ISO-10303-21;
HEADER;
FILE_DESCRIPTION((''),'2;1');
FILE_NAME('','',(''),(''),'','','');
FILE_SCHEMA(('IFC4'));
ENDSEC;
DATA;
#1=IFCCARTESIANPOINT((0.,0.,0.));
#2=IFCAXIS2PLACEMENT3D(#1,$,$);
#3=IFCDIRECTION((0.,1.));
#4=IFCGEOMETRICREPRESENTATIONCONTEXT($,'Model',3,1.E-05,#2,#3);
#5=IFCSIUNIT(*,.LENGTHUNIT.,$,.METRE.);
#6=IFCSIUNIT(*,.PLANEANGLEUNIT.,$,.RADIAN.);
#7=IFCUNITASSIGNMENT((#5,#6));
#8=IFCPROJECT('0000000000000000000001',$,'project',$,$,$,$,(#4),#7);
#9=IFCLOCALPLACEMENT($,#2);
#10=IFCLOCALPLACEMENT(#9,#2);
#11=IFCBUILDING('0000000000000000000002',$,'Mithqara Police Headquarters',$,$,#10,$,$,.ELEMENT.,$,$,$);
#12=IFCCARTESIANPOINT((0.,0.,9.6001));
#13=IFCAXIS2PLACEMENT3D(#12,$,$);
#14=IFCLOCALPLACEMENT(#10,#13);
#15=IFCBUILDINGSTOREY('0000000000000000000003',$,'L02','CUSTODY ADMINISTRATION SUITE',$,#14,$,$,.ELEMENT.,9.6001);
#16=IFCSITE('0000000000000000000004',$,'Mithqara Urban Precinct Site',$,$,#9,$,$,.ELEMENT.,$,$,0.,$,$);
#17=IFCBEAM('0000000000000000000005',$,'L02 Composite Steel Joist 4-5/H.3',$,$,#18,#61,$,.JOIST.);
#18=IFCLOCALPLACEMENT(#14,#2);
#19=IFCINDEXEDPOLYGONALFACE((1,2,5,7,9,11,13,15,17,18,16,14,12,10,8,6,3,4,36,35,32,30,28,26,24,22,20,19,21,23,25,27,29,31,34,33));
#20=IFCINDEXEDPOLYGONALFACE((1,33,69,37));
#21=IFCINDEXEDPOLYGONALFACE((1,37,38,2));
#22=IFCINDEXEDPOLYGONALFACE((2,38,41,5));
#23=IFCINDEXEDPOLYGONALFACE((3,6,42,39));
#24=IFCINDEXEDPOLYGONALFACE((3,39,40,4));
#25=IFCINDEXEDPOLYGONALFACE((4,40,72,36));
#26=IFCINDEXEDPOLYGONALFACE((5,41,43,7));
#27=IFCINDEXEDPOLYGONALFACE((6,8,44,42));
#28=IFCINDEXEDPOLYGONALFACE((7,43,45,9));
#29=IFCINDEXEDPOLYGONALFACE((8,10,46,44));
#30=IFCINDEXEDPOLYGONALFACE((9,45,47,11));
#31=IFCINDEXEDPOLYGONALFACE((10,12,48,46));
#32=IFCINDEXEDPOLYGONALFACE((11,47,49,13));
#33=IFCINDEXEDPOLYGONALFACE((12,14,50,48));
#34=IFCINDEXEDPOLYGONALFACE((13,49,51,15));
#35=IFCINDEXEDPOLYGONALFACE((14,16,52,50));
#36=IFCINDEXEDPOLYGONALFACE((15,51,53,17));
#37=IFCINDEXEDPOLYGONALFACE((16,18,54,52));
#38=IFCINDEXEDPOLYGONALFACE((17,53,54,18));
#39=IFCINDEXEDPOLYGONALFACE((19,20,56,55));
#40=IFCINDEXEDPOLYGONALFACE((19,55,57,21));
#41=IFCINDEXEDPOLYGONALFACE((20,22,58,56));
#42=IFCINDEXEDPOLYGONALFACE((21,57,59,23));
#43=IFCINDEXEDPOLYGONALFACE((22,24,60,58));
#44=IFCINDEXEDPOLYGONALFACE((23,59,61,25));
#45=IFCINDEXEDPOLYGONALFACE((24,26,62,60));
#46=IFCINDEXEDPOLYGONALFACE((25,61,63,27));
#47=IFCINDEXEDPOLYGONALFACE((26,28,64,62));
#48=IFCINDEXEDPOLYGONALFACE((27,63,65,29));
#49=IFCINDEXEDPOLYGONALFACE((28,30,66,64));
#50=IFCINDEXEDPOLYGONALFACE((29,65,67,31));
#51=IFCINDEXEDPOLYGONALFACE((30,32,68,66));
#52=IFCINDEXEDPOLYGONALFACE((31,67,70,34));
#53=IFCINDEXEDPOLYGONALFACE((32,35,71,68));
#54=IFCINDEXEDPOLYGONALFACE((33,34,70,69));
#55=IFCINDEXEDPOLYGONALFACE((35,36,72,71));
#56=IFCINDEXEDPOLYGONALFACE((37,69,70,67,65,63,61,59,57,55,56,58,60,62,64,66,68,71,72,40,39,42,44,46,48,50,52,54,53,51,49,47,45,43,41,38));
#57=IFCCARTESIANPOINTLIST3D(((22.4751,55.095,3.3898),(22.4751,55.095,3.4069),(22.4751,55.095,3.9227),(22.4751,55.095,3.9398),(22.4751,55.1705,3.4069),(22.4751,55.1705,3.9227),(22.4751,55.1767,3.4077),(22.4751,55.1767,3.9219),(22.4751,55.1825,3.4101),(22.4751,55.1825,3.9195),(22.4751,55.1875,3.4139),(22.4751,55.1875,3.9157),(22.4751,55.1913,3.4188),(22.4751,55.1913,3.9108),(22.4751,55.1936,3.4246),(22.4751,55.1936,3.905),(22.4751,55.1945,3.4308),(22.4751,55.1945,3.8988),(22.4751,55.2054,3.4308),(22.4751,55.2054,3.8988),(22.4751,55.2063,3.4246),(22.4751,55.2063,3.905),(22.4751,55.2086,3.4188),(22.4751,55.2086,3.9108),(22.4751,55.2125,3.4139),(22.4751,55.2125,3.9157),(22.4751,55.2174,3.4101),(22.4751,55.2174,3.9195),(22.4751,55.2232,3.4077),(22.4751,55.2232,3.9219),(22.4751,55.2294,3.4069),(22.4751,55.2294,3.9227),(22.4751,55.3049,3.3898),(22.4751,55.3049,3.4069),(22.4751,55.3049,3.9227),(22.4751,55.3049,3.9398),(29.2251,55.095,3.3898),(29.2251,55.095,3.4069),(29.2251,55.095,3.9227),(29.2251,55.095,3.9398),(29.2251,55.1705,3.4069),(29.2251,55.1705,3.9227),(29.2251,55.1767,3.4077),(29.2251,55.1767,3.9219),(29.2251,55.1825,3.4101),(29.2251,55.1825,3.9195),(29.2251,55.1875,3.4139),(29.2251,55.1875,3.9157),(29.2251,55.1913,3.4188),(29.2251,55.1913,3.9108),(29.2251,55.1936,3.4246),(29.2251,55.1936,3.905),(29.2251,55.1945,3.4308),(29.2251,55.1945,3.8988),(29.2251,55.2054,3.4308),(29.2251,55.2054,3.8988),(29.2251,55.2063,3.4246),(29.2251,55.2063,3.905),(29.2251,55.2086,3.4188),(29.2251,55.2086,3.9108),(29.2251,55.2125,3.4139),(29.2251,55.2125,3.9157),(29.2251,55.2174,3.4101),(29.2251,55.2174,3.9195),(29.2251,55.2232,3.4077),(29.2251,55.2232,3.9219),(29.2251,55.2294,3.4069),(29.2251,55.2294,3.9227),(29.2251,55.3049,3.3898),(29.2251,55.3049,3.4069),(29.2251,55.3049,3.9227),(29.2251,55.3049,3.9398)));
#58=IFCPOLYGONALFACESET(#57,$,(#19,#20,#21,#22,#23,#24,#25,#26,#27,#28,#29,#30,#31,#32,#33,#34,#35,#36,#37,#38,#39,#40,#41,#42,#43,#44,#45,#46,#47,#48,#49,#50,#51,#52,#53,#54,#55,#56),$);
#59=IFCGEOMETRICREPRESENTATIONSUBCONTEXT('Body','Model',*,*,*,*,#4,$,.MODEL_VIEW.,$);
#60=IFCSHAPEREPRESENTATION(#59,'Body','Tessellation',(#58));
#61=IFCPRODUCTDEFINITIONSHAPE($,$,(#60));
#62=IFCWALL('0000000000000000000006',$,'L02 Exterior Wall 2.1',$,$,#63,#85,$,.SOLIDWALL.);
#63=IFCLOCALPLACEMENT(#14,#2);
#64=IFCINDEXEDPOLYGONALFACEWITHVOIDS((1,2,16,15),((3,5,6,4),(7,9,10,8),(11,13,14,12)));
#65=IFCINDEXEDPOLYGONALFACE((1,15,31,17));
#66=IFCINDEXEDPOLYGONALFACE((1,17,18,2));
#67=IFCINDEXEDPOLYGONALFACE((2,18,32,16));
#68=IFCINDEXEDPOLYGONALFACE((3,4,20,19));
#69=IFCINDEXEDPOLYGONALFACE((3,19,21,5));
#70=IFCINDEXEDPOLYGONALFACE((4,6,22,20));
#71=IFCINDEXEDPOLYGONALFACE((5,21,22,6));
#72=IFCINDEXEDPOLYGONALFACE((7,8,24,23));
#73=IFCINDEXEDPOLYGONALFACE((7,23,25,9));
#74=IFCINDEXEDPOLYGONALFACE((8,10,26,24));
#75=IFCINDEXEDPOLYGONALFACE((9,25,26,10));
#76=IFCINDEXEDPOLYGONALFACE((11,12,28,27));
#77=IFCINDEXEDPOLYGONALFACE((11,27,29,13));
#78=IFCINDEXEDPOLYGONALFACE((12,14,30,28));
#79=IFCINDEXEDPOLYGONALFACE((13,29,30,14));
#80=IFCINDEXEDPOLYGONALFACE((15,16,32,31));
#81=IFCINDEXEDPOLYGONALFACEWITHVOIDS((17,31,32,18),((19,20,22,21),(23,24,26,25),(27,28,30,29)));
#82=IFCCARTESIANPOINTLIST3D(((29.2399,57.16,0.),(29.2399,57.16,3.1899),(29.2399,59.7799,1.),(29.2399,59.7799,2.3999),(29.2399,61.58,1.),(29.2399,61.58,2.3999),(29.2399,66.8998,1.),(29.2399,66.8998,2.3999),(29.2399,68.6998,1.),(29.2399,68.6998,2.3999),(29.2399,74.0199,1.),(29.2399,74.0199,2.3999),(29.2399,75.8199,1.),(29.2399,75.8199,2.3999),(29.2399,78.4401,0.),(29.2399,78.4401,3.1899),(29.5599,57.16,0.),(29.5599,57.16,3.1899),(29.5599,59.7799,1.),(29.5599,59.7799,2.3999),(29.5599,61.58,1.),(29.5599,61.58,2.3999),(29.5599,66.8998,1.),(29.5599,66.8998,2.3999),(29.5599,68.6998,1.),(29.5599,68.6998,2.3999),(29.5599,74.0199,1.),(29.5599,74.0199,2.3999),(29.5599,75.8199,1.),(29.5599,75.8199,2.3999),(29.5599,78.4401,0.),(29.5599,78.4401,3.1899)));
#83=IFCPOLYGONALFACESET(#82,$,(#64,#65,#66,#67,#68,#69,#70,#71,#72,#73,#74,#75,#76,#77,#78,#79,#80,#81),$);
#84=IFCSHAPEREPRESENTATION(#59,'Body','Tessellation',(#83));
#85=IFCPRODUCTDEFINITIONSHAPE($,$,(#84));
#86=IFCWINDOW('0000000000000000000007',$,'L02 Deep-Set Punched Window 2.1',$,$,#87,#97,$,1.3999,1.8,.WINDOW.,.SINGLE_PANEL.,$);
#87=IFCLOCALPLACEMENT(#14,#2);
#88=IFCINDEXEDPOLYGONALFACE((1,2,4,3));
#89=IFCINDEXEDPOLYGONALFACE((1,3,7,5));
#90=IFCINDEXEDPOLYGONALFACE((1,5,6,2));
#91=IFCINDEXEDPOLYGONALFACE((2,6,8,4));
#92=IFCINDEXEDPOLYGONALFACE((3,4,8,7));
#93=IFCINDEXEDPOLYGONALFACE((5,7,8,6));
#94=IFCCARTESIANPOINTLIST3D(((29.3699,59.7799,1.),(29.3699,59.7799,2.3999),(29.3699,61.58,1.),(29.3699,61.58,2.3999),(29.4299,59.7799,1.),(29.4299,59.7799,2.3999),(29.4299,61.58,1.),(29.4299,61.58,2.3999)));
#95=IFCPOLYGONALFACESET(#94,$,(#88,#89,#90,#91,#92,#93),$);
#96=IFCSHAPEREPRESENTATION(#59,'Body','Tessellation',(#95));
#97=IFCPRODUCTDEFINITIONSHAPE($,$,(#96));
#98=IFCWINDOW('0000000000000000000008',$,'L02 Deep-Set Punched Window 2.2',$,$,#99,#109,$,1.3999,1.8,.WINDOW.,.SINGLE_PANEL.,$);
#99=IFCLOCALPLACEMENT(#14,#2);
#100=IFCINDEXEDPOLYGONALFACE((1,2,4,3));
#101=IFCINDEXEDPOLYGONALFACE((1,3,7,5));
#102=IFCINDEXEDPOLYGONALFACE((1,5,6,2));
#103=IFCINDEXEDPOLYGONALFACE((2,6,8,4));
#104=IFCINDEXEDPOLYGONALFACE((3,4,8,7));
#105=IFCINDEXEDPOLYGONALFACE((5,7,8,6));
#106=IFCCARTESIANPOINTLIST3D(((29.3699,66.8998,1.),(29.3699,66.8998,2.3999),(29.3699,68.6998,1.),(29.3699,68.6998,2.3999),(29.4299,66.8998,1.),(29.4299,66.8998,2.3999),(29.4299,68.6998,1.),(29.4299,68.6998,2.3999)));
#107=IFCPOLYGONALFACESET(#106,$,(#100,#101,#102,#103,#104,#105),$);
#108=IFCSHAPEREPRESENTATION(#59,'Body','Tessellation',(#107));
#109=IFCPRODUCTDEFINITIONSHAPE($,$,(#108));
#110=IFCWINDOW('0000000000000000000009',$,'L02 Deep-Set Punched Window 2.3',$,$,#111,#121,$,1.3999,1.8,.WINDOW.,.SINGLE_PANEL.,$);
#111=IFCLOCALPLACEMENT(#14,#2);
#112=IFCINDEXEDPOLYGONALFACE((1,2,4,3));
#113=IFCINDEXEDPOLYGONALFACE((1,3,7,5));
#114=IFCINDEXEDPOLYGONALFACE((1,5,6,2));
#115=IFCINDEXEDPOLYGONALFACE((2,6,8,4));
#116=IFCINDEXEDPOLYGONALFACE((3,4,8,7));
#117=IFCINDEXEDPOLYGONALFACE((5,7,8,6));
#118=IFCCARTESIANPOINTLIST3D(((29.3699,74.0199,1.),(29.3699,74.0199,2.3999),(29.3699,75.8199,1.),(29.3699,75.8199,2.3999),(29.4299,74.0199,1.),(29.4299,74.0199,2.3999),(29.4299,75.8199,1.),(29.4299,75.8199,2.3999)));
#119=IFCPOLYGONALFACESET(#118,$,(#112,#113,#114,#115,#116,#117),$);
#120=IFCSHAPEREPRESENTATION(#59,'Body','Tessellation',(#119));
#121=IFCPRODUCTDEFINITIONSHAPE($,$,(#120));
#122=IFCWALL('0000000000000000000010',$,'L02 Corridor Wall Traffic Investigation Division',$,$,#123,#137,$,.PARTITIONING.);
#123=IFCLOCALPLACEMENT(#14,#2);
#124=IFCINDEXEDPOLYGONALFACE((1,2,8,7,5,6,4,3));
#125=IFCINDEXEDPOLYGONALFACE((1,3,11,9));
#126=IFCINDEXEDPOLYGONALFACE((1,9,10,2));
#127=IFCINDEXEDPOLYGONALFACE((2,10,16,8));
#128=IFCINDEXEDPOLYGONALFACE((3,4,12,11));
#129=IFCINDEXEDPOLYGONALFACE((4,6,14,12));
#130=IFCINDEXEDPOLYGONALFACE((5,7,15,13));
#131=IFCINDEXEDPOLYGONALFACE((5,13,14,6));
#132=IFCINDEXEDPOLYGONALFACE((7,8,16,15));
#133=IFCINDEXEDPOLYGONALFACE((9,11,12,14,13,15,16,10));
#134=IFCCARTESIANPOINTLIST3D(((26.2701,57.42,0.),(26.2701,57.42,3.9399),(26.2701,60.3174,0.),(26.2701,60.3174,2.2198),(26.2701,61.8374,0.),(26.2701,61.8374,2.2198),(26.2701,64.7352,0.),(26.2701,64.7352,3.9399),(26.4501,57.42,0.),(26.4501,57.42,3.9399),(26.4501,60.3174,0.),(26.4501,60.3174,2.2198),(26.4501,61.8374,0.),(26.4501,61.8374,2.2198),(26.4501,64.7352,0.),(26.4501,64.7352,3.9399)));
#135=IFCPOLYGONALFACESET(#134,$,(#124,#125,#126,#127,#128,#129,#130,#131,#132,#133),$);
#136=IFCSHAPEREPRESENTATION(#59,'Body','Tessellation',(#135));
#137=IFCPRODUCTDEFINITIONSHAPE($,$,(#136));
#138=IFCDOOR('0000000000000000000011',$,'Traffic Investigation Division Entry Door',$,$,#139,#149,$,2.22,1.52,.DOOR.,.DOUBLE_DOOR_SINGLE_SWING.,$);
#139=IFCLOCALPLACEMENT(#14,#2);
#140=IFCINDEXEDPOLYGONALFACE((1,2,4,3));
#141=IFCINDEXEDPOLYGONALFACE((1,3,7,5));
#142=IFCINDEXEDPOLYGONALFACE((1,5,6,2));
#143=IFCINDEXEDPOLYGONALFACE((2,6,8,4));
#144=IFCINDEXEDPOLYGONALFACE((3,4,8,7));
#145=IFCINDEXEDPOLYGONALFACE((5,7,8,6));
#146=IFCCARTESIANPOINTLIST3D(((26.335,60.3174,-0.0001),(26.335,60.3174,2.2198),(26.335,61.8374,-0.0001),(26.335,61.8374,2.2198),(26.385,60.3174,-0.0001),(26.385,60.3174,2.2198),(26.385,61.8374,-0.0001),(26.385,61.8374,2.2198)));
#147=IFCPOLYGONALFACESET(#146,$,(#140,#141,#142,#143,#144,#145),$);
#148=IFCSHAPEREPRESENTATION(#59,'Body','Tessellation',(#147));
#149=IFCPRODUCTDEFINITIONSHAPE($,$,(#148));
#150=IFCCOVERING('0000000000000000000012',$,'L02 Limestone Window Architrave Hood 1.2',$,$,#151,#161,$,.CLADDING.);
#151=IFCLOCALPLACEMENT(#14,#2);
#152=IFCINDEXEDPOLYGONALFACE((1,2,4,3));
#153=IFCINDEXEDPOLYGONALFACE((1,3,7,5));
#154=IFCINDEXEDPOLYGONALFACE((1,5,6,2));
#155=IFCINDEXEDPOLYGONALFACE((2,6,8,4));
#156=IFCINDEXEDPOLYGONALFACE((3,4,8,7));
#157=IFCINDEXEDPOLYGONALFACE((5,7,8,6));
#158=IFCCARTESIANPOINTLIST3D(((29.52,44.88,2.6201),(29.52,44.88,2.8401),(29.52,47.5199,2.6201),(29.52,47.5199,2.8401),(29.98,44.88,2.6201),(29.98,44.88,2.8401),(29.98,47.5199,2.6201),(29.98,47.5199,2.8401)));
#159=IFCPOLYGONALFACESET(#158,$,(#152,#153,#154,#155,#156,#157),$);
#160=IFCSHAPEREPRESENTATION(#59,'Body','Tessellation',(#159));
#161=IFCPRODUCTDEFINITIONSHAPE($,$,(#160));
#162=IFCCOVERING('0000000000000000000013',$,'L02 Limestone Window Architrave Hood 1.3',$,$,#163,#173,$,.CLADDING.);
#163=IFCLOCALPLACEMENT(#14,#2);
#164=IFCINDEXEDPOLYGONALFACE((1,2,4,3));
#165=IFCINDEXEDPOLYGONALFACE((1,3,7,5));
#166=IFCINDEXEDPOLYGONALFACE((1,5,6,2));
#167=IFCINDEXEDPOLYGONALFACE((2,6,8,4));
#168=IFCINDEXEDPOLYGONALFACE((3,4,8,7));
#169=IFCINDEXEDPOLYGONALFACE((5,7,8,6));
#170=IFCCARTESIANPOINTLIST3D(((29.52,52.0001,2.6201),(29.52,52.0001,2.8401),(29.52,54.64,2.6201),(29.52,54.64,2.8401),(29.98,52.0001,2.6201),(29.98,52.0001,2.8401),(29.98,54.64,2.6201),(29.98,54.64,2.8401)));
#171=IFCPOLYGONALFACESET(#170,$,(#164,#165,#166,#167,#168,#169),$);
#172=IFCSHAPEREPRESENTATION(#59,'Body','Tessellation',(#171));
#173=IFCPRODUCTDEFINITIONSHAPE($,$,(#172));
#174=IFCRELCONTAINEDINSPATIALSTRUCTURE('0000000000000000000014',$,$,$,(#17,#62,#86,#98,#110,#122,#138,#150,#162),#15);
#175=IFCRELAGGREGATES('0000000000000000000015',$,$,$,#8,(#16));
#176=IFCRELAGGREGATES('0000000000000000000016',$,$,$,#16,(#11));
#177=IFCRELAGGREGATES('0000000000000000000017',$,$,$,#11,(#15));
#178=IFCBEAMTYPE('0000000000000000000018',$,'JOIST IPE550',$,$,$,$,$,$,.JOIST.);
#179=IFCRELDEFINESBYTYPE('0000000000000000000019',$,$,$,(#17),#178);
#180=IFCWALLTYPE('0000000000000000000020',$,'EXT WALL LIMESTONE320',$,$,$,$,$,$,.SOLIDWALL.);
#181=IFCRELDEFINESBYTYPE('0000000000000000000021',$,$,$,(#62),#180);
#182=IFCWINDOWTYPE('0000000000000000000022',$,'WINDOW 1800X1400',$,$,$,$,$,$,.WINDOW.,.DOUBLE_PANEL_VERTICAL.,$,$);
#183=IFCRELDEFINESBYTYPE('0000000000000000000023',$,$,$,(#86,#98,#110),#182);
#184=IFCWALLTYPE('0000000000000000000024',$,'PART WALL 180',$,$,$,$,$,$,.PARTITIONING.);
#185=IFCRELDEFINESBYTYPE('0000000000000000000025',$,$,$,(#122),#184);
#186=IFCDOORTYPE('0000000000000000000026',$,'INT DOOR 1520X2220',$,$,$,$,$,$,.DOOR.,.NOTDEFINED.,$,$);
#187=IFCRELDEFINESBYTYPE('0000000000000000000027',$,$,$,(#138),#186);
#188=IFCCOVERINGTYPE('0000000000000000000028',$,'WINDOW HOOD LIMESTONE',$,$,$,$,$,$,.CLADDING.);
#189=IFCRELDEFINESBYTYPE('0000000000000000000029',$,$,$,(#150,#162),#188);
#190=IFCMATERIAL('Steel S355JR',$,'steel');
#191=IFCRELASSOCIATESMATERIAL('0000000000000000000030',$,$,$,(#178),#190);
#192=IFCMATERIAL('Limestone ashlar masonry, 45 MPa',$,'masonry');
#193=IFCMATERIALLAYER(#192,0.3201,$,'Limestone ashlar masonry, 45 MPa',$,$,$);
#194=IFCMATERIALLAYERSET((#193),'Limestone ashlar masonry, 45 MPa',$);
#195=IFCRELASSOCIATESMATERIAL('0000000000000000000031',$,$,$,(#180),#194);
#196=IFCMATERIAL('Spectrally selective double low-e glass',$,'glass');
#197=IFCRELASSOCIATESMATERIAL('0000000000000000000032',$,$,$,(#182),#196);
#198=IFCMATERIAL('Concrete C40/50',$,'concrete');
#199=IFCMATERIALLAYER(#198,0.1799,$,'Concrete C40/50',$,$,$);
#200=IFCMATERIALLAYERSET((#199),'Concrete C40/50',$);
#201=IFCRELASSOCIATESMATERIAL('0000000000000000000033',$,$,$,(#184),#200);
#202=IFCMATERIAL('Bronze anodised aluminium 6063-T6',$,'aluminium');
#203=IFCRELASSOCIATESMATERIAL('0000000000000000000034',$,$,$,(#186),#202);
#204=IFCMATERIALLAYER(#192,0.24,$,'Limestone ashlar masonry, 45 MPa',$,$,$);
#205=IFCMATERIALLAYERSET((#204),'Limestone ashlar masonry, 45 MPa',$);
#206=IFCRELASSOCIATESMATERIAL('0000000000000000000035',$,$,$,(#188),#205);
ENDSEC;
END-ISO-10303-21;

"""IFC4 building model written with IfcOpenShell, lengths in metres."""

from ifc_helpers import new_model, si_unit, direction, frame, frame_2d, origin, origin_2d, place, context, subcontext, project, spatial, rectangle, i_section, extrude, material, layer, layer_set, material_profile, profile_set, type_object, element, fill, save


model = new_model("IFC4")

# Units and contexts
model_context = context("Model", 3, precision=1e-05, world=origin(), true_north=direction((0.0, 1.0)))
body_context = subcontext(model_context, "Body", "Model", "MODEL_VIEW")
ifc_project = project(units=[si_unit("LENGTHUNIT", "METRE"), si_unit("PLANEANGLEUNIT", "RADIAN")], contexts=[model_context])

# Site, building, storey
site_placement = place(None, origin())
site = spatial("IfcSite", under=ifc_project, at=site_placement, Name="Mithqara Urban Precinct Site", CompositionType="ELEMENT", RefElevation=0.0)
building_placement = place(site_placement, origin())
building = spatial("IfcBuilding", under=site, at=building_placement, Name="Mithqara Police Headquarters", CompositionType="ELEMENT")
storey_placement = place(building_placement, frame((0.0, 0.0, 9.6001)))
storey = spatial("IfcBuildingStorey", under=building, at=storey_placement, Name="L02", Description="CUSTODY ADMINISTRATION SUITE", CompositionType="ELEMENT", Elevation=9.6001)

# Beam
ifc_material_1 = material(Name="Steel S355JR", Category="steel")
ifc_material_2 = material(Name="Concrete C40/50", Category="concrete")
ifc_material_profile_1 = material_profile(ifc_material_1, i_section(OverallWidth=0.21, OverallDepth=0.55, WebThickness=0.011, FlangeThickness=0.0171, FilletRadius=0.0239, at=origin_2d()), Name="IPE 550")
ifc_profile_set_1 = profile_set([ifc_material_profile_1], Name="Steel S355JR")
beam_type_1 = type_object("IfcBeamType", Name="JOIST IPE550", PredefinedType="JOIST", material=ifc_profile_set_1)
beam_1_placement = place(storey_placement, frame((22.4751, 55.2, 3.6648), z_axis=(1.0, 0.0, 0.0), x_axis=(0.0, 1.0, 0.0)))
element("IfcBeam", 1, at=beam_1_placement, inside=storey, type_object=beam_type_1, Name="L02 Composite Steel Joist 4-5/H.3", PredefinedType="JOIST", context=body_context, shape_type="SweptSolid", body=[
    extrude(i_section(OverallWidth=0.21, OverallDepth=0.55, WebThickness=0.011, FlangeThickness=0.0171, FilletRadius=0.0239, at=origin_2d()), origin(), (0.0, 0.0, 1.0), 6.75),
])

# Wall, openings, windows
ifc_material_3 = material(Name="Limestone ashlar masonry, 45 MPa", Category="masonry")
ifc_layer_1 = layer(ifc_material_3, 0.3201, Name="Limestone ashlar masonry, 45 MPa")
ifc_layer_set_1 = layer_set([ifc_layer_1], Name="Limestone ashlar masonry, 45 MPa")
wall_type_1 = type_object("IfcWallType", Name="EXT WALL LIMESTONE320", PredefinedType="SOLIDWALL", material=ifc_layer_set_1)
wall_1_placement = place(storey_placement, frame((29.3999, 57.1599, 0.0), z_axis=(0.0, 0.0, 1.0), x_axis=(0.0, 1.0, 0.0)))
wall_1 = element("IfcWall", 2, at=wall_1_placement, inside=storey, type_object=wall_type_1, Name="L02 Exterior Wall 2.1", PredefinedType="SOLIDWALL", context=body_context, shape_type="SweptSolid", body=[
    extrude(rectangle(XDim=21.28, YDim=0.3201, at=frame_2d((10.6401, 0.0))), origin(), (0.0, 0.0, 1.0), 3.1899),
])
opening_1_placement = place(wall_1_placement, frame((2.6201, 0.0, 1.0)))
opening_1 = element("IfcOpeningElement", 3, at=opening_1_placement, cuts=wall_1, PredefinedType="OPENING", context=body_context, shape_type="SweptSolid", body=[
    extrude(rectangle(XDim=1.8, YDim=1.3999, at=frame_2d((0.8999, 0.7))), frame((0.0, 0.1699, 0.0), z_axis=(0.0, -1.0, 0.0), x_axis=(1.0, 0.0, 0.0)), (0.0, 0.0, 1.0), 0.3401),
])
opening_2_placement = place(wall_1_placement, frame((9.74, 0.0, 1.0)))
opening_2 = element("IfcOpeningElement", 4, at=opening_2_placement, cuts=wall_1, PredefinedType="OPENING", context=body_context, shape_type="SweptSolid", body=[
    extrude(rectangle(XDim=1.8, YDim=1.3999, at=frame_2d((0.8999, 0.7))), frame((0.0, 0.1699, 0.0), z_axis=(0.0, -1.0, 0.0), x_axis=(1.0, 0.0, 0.0)), (0.0, 0.0, 1.0), 0.3401),
])
opening_3_placement = place(wall_1_placement, frame((16.8601, 0.0, 1.0)))
opening_3 = element("IfcOpeningElement", 5, at=opening_3_placement, cuts=wall_1, PredefinedType="OPENING", context=body_context, shape_type="SweptSolid", body=[
    extrude(rectangle(XDim=1.8, YDim=1.3999, at=frame_2d((0.8999, 0.7))), frame((0.0, 0.1699, 0.0), z_axis=(0.0, -1.0, 0.0), x_axis=(1.0, 0.0, 0.0)), (0.0, 0.0, 1.0), 0.3401),
])
ifc_material_4 = material(Name="Spectrally selective double low-e glass", Category="glass")
window_type = type_object("IfcWindowType", Name="WINDOW 1800X1400", PartitioningType="DOUBLE_PANEL_VERTICAL", PredefinedType="WINDOW", material=ifc_material_4)
window_1_placement = place(opening_1_placement, origin())
window_1 = element("IfcWindow", 6, at=window_1_placement, inside=storey, type_object=window_type, Name="L02 Deep-Set Punched Window 2.1", OverallHeight=1.3999, OverallWidth=1.8, PartitioningType="SINGLE_PANEL", PredefinedType="WINDOW", context=body_context, shape_type="SweptSolid", body=[
    extrude(rectangle(XDim=1.8, YDim=1.3999, at=frame_2d((0.8999, 0.7))), frame((0.0, 0.03, 0.0), z_axis=(0.0, -1.0, 0.0), x_axis=(1.0, 0.0, 0.0)), (0.0, 0.0, 1.0), 0.0601),
])
fill(opening_1, window_1)
window_2_placement = place(opening_2_placement, origin())
window_2 = element("IfcWindow", 7, at=window_2_placement, inside=storey, type_object=window_type, Name="L02 Deep-Set Punched Window 2.2", OverallHeight=1.3999, OverallWidth=1.8, PartitioningType="SINGLE_PANEL", PredefinedType="WINDOW", context=body_context, shape_type="SweptSolid", body=[
    extrude(rectangle(XDim=1.8, YDim=1.3999, at=frame_2d((0.8999, 0.7))), frame((0.0, 0.03, 0.0), z_axis=(0.0, -1.0, 0.0), x_axis=(1.0, 0.0, 0.0)), (0.0, 0.0, 1.0), 0.0601),
])
fill(opening_2, window_2)
window_3_placement = place(opening_3_placement, origin())
window_3 = element("IfcWindow", 8, at=window_3_placement, inside=storey, type_object=window_type, Name="L02 Deep-Set Punched Window 2.3", OverallHeight=1.3999, OverallWidth=1.8, PartitioningType="SINGLE_PANEL", PredefinedType="WINDOW", context=body_context, shape_type="SweptSolid", body=[
    extrude(rectangle(XDim=1.8, YDim=1.3999, at=frame_2d((0.8999, 0.7))), frame((0.0, 0.03, 0.0), z_axis=(0.0, -1.0, 0.0), x_axis=(1.0, 0.0, 0.0)), (0.0, 0.0, 1.0), 0.0601),
])
fill(opening_3, window_3)

# Wall, opening, door
ifc_layer_2 = layer(ifc_material_2, 0.1799, Name="Concrete C40/50")
ifc_layer_set_2 = layer_set([ifc_layer_2], Name="Concrete C40/50")
wall_type_2 = type_object("IfcWallType", Name="PART WALL 180", PredefinedType="PARTITIONING", material=ifc_layer_set_2)
wall_2_placement = place(storey_placement, frame((26.3601, 57.4199, 0.0), z_axis=(0.0, 0.0, 1.0), x_axis=(0.0, 1.0, 0.0)))
wall_2 = element("IfcWall", 9, at=wall_2_placement, inside=storey, type_object=wall_type_2, Name="L02 Corridor Wall Traffic Investigation Division", PredefinedType="PARTITIONING", context=body_context, shape_type="SweptSolid", body=[
    extrude(rectangle(XDim=7.3152, YDim=0.1799, at=frame_2d((3.6577, 0.0))), origin(), (0.0, 0.0, 1.0), 3.9399),
])
opening_4_placement = place(wall_2_placement, frame((2.8975, 0.0, 0.0)))
opening_4 = element("IfcOpeningElement", 10, at=opening_4_placement, cuts=wall_2, PredefinedType="OPENING", context=body_context, shape_type="SweptSolid", body=[
    extrude(rectangle(XDim=1.52, YDim=2.22, at=frame_2d((0.76, 1.1099))), frame((0.0, 0.1001, 0.0), z_axis=(0.0, -1.0, 0.0), x_axis=(1.0, 0.0, 0.0)), (0.0, 0.0, 1.0), 0.2),
])
ifc_material_5 = material(Name="Bronze anodised aluminium 6063-T6", Category="aluminium")
door_type = type_object("IfcDoorType", Name="INT DOOR 1520X2220", OperationType="NOTDEFINED", PredefinedType="DOOR", material=ifc_material_5)
door_placement = place(opening_4_placement, frame((1.52, 0.0, 0.0), z_axis=(0.0, 0.0, 1.0), x_axis=(-1.0, 0.0, 0.0)))
door = element("IfcDoor", 11, at=door_placement, inside=storey, type_object=door_type, Name="Traffic Investigation Division Entry Door", OperationType="DOUBLE_DOOR_SINGLE_SWING", OverallHeight=2.22, OverallWidth=1.52, PredefinedType="DOOR", context=body_context, shape_type="SweptSolid", body=[
    extrude(rectangle(XDim=1.52, YDim=2.22, at=frame_2d((0.76, 1.1099))), frame((0.0, 0.0249, 0.0), z_axis=(0.0, -1.0, 0.0), x_axis=(1.0, 0.0, 0.0)), (0.0, 0.0, 1.0), 0.05),
])
fill(opening_4, door)

# Coverings
ifc_layer_3 = layer(ifc_material_3, 0.24, Name="Limestone ashlar masonry, 45 MPa")
ifc_layer_set_3 = layer_set([ifc_layer_3], Name="Limestone ashlar masonry, 45 MPa")
covering_type = type_object("IfcCoveringType", Name="WINDOW HOOD LIMESTONE", PredefinedType="CLADDING", material=ifc_layer_set_3)
for number, where, z_axis, x_axis, name in (
    (12, (29.75, 46.2, 2.6201), (0.0, 0.0, 1.0), (0.0, 1.0, 0.0), "L02 Limestone Window Architrave Hood 1.2"),
    (13, (29.75, 53.3201, 2.6201), (0.0, 0.0, 1.0), (0.0, 1.0, 0.0), "L02 Limestone Window Architrave Hood 1.3"),
):
    element("IfcCovering", number, at=place(storey_placement, frame(where, z_axis=z_axis, x_axis=x_axis)), inside=storey, type_object=covering_type, Name=name, PredefinedType="CLADDING", context=body_context, shape_type="SweptSolid", body=[
        extrude(rectangle(XDim=2.6399, YDim=0.46, at=origin_2d()), origin(), (0.0, 0.0, 1.0), 0.22),
    ])

save(model, "model.ifc")
